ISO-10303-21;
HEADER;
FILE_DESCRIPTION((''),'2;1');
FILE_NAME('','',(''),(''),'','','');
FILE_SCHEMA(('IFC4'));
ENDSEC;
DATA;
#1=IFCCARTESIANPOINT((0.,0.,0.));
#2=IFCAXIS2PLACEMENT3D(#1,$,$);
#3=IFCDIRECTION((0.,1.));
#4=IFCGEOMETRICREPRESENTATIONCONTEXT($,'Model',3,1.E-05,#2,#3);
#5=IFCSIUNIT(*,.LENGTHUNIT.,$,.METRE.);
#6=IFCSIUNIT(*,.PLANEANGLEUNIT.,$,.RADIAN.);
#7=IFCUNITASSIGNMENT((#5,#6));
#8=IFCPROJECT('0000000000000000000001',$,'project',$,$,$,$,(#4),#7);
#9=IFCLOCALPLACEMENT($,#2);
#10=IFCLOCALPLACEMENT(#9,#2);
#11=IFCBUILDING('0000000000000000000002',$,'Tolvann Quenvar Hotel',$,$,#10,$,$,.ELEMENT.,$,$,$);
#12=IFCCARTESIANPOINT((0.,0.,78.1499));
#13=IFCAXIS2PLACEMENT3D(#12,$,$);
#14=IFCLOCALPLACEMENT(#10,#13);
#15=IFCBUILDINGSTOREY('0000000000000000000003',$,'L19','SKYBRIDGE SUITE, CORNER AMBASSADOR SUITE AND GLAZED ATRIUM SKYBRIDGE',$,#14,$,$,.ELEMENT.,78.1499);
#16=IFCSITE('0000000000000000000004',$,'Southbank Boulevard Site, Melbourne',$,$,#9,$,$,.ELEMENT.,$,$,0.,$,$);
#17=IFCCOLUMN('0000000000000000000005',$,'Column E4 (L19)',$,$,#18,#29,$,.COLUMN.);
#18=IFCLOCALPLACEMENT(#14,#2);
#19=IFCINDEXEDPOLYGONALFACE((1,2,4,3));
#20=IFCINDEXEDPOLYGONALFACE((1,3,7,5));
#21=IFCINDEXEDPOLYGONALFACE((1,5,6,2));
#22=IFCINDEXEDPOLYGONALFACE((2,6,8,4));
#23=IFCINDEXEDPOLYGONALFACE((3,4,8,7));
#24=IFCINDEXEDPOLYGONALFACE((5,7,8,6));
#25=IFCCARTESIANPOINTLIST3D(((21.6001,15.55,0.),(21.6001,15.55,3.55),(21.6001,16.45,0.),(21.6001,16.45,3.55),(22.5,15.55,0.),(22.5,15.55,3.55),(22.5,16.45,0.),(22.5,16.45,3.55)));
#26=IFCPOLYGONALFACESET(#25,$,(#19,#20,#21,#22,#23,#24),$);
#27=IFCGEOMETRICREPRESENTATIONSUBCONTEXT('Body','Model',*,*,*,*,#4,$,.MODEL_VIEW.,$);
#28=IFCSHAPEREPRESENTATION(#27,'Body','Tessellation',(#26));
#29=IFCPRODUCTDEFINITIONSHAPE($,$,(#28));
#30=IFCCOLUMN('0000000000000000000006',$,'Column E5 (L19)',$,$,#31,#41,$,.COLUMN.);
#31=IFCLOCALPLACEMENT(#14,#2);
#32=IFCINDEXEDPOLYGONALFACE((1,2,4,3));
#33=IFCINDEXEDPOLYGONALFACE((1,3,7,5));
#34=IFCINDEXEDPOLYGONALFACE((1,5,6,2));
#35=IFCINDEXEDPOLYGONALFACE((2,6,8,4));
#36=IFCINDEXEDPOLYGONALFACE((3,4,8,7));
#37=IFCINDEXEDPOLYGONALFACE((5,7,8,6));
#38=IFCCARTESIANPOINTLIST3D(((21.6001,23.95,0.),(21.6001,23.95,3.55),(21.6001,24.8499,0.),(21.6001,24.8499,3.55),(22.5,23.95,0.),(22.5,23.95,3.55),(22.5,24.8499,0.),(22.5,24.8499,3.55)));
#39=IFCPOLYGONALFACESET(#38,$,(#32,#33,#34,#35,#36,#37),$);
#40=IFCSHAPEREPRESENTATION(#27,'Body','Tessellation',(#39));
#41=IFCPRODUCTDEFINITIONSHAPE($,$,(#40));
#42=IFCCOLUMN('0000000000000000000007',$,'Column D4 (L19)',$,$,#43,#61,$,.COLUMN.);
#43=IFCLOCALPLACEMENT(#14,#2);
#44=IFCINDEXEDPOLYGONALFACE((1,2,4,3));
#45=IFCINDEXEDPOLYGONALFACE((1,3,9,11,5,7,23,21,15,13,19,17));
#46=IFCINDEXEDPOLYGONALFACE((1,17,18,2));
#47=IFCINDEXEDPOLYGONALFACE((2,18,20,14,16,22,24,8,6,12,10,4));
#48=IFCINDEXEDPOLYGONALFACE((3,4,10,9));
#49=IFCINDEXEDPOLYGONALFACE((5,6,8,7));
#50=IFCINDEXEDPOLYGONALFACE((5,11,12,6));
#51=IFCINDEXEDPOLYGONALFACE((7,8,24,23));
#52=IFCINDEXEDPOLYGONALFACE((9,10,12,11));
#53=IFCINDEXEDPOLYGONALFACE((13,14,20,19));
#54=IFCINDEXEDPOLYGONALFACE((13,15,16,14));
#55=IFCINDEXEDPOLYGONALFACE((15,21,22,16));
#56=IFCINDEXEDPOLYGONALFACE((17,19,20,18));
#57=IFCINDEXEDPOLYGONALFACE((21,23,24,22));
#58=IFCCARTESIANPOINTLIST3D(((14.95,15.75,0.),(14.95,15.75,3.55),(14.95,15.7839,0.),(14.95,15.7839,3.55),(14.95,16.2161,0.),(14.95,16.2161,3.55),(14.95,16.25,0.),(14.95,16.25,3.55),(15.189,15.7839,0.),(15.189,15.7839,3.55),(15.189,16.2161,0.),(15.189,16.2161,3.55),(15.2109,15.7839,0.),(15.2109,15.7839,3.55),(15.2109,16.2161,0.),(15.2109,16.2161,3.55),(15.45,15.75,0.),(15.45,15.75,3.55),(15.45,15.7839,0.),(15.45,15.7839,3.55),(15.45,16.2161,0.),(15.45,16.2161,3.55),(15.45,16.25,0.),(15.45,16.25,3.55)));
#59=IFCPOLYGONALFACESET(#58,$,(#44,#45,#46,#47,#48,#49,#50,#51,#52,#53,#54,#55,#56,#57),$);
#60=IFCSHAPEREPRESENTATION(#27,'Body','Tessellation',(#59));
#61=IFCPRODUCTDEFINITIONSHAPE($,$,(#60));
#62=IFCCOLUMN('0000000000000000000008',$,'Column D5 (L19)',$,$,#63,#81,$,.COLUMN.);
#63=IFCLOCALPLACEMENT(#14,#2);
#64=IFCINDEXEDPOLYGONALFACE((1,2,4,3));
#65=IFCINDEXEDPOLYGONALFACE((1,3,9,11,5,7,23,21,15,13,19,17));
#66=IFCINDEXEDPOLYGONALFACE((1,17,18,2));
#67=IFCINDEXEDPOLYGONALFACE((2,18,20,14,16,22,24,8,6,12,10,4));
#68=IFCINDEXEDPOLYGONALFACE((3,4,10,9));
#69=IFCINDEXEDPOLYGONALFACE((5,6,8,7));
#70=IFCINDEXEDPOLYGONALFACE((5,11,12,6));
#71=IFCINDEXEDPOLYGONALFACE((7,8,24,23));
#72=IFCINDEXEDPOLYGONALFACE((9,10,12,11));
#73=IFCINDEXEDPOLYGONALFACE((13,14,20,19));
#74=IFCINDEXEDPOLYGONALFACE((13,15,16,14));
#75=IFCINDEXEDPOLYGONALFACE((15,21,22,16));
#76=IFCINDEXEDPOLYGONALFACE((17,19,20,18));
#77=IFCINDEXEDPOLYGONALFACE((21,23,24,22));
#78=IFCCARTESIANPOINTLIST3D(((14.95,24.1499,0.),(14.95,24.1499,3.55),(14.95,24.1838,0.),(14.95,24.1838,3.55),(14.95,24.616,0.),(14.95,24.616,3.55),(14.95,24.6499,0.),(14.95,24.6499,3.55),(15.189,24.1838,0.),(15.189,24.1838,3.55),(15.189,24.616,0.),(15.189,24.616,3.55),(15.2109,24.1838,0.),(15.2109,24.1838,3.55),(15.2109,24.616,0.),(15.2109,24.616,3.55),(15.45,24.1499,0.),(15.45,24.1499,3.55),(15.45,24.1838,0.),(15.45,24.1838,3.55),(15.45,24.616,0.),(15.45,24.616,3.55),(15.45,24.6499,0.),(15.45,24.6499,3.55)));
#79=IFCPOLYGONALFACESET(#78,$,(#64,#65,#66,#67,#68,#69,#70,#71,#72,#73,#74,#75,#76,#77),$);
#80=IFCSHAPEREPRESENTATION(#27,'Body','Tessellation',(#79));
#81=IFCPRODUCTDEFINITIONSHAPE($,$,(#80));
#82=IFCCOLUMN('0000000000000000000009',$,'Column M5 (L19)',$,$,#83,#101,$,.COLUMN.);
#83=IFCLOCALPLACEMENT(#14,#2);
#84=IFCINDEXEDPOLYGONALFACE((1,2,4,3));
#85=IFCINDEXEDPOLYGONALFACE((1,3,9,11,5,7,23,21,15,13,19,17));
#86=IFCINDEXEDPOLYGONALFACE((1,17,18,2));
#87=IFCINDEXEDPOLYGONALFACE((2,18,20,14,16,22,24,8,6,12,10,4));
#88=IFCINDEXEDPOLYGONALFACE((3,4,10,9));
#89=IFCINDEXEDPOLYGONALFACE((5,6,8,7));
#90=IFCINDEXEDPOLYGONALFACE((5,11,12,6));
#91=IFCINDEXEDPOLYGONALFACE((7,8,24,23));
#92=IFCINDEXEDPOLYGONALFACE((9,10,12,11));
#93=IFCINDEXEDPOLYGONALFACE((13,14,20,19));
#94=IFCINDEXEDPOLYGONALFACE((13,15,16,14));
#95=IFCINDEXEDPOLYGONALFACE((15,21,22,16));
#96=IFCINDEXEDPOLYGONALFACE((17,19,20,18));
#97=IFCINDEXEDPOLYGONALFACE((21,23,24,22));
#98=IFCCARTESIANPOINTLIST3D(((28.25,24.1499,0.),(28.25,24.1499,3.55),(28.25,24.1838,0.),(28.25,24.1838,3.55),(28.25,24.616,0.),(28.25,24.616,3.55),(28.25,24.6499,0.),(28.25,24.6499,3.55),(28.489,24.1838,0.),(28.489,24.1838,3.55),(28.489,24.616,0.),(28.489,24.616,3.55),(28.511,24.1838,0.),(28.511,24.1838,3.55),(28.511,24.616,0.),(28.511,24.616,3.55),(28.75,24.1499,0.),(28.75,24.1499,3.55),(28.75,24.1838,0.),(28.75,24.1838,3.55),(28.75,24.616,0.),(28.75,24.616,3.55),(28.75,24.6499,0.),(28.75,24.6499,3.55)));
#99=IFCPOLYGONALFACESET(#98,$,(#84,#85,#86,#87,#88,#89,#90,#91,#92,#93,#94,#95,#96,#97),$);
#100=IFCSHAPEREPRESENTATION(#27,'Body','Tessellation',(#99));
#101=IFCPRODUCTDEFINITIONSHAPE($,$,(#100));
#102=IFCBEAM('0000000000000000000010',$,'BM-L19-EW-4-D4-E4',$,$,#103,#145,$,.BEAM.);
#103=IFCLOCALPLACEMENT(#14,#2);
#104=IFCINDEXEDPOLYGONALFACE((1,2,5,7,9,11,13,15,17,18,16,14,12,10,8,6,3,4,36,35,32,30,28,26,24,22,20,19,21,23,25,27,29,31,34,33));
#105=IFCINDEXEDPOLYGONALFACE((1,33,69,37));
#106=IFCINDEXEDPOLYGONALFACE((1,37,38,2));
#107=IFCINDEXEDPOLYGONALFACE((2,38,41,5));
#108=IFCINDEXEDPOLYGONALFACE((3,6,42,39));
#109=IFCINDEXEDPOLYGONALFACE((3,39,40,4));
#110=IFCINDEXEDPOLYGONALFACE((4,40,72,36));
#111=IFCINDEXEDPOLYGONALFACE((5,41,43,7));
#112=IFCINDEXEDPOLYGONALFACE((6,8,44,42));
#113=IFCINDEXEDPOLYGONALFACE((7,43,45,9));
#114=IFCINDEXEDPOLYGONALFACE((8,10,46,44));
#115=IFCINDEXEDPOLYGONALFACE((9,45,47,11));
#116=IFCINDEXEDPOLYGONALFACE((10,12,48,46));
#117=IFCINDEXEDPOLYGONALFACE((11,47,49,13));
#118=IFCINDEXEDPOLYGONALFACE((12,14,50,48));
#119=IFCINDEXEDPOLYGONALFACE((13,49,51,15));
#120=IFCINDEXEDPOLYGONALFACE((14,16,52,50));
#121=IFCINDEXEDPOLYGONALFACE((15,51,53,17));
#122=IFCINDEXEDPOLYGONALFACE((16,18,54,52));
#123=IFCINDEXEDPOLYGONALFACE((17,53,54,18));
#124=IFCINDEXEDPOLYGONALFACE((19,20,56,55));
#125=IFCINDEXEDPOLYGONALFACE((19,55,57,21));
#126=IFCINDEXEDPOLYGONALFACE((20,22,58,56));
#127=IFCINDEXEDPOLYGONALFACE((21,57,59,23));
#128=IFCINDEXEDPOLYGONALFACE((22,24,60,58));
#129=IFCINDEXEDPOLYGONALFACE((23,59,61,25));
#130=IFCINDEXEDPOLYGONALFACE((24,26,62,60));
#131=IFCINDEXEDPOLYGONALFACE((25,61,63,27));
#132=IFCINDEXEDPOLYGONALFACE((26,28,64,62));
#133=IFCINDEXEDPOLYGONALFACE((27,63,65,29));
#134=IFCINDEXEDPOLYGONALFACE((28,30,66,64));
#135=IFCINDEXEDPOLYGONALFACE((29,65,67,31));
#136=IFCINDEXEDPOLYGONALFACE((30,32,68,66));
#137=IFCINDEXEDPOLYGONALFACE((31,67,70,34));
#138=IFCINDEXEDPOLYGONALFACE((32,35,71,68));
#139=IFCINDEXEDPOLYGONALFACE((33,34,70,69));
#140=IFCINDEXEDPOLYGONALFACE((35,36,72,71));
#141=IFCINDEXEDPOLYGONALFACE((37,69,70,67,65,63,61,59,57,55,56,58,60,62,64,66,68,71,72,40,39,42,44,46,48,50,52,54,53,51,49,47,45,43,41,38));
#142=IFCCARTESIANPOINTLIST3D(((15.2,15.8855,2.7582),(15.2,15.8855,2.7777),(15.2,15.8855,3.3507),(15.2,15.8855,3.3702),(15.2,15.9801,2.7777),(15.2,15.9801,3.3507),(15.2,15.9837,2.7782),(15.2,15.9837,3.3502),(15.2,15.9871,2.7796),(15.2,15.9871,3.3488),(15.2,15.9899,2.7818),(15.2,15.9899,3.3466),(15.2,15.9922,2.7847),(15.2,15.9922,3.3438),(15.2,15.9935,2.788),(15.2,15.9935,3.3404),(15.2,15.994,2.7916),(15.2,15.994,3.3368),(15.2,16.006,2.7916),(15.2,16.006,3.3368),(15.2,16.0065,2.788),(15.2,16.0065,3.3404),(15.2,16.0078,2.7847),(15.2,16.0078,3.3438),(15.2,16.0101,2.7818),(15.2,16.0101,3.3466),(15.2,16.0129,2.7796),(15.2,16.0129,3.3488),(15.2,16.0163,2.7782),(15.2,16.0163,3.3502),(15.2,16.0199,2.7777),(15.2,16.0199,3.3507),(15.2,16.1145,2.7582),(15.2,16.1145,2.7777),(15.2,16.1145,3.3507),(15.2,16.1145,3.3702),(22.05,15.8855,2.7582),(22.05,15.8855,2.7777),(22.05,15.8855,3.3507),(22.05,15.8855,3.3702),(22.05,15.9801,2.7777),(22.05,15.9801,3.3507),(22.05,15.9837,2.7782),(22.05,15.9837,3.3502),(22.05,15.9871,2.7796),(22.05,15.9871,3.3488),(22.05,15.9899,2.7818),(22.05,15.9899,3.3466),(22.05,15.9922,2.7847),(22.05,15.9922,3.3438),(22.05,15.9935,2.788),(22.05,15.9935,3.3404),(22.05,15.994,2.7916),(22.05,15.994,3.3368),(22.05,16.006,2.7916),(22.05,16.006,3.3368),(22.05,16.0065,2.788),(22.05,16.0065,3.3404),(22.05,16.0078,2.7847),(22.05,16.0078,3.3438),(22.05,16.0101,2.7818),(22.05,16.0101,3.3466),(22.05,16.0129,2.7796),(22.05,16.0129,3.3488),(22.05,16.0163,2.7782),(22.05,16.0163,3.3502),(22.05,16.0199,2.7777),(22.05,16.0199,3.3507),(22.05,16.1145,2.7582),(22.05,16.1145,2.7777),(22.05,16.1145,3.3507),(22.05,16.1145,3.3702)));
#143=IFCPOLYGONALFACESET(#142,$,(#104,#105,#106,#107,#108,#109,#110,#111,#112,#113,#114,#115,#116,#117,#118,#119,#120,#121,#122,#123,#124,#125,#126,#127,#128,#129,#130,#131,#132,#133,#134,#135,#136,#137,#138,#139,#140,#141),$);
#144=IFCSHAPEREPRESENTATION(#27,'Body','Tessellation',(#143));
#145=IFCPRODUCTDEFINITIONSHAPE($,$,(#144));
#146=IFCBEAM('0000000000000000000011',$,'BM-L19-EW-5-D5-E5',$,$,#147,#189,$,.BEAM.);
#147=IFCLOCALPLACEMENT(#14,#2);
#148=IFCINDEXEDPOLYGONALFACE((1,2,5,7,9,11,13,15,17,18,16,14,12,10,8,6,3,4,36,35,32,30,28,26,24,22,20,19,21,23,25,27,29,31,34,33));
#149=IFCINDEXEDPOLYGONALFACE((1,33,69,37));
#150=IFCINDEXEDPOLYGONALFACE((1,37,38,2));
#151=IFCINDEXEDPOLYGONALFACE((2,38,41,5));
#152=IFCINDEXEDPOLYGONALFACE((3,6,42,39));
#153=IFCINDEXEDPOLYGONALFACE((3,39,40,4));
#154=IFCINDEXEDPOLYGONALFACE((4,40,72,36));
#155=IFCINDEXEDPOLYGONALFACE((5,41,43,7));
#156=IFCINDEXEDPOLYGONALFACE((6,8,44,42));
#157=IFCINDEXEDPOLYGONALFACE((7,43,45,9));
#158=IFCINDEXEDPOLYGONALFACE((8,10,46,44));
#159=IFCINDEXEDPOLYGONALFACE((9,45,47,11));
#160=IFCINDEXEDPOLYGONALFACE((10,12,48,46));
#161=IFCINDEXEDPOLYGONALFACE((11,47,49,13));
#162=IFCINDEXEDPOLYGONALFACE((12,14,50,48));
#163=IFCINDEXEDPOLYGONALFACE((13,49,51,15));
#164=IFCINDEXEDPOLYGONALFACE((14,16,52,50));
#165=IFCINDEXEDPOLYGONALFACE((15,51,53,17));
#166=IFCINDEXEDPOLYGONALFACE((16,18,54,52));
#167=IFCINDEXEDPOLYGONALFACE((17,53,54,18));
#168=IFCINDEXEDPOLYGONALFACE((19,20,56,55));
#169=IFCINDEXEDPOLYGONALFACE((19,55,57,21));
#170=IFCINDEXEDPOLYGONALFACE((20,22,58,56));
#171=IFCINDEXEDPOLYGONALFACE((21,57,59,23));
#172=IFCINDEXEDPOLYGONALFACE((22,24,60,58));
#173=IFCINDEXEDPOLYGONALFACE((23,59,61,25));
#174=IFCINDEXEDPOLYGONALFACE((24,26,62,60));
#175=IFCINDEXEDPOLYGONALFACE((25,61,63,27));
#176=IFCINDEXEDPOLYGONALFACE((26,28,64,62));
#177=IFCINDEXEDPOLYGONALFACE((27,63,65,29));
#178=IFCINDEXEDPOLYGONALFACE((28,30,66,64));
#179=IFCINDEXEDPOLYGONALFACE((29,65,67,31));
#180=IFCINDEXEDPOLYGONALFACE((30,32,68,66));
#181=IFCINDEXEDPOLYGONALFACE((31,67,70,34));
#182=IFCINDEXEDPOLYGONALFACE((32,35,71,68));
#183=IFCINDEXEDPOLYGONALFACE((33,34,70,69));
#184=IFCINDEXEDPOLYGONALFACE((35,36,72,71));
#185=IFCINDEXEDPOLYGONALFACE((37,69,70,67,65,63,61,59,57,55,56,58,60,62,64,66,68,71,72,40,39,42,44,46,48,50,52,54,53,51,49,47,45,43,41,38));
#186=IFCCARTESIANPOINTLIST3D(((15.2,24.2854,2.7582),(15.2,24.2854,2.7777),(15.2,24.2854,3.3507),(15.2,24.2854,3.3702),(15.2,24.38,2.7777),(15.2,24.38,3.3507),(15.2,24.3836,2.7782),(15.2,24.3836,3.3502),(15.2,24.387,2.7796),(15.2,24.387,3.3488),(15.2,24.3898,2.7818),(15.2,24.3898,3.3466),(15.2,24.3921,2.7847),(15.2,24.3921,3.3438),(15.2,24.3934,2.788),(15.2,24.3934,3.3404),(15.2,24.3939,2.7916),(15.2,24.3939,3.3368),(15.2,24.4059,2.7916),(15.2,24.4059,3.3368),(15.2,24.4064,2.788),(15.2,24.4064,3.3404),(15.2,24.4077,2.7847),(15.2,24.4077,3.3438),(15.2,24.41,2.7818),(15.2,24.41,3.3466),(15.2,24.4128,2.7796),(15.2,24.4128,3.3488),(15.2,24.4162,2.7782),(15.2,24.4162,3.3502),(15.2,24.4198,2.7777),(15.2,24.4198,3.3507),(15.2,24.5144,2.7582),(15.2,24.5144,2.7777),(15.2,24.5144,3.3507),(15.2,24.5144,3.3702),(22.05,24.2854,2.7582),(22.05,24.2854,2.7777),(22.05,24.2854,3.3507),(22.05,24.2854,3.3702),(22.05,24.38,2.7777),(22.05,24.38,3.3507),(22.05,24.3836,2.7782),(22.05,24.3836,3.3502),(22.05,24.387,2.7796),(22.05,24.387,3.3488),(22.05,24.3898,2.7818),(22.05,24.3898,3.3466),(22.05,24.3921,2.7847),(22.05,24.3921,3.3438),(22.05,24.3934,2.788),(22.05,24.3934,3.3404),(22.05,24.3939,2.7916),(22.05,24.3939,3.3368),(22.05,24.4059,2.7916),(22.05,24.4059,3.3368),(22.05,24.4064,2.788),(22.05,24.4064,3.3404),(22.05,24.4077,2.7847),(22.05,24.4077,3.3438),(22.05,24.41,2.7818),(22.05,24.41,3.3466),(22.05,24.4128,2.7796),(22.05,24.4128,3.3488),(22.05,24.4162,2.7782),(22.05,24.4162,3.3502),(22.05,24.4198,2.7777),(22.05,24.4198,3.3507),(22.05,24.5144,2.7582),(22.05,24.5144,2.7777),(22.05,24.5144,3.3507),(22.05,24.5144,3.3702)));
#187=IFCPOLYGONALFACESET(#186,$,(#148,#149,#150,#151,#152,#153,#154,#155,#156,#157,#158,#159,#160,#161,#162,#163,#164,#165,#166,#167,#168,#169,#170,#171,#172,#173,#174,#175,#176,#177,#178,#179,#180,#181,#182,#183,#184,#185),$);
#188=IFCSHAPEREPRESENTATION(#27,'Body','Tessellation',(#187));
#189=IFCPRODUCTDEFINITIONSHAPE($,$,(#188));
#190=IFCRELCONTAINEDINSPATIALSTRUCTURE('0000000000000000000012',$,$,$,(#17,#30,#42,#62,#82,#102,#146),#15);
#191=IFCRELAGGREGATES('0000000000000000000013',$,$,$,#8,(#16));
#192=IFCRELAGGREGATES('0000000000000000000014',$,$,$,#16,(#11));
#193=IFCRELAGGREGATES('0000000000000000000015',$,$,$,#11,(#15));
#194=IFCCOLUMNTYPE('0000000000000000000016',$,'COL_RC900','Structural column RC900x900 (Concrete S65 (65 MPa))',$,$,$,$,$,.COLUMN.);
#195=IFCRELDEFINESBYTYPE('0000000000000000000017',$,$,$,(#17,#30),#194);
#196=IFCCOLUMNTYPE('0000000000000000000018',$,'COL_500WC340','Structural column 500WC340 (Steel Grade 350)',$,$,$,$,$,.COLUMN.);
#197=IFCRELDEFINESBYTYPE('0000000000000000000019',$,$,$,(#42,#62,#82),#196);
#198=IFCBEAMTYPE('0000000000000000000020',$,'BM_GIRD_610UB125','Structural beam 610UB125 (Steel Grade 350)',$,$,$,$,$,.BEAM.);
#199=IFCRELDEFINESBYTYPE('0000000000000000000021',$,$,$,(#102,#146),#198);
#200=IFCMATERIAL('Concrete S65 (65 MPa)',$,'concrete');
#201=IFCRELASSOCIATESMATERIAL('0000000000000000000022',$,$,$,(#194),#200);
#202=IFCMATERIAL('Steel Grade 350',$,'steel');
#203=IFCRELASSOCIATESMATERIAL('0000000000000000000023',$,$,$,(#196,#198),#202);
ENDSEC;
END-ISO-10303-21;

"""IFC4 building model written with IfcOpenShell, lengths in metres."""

from ifc_helpers import new_model, si_unit, direction, frame, origin, origin_2d, place, context, subcontext, project, spatial, rectangle, i_section, extrude, source, transform, mapped, material, material_profile, profile_set, type_object, type_shapes, element, save


model = new_model("IFC4")

# Units and contexts
model_context = context("Model", 3, precision=1e-05, world=origin(), true_north=direction((0.0, 1.0)))
body_context = subcontext(model_context, "Body", "Model", "MODEL_VIEW")
ifc_project = project(units=[si_unit("LENGTHUNIT", "METRE"), si_unit("PLANEANGLEUNIT", "RADIAN")], contexts=[model_context])

# Site, building, storey
site_placement = place(None, origin())
site = spatial("IfcSite", under=ifc_project, at=site_placement, Name="Southbank Boulevard Site, Melbourne", CompositionType="ELEMENT", RefElevation=0.0)
building_placement = place(site_placement, origin())
building = spatial("IfcBuilding", under=site, at=building_placement, Name="Tolvann Quenvar Hotel", CompositionType="ELEMENT")
storey_placement = place(building_placement, frame((0.0, 0.0, 78.1499)))
storey = spatial("IfcBuildingStorey", under=building, at=storey_placement, Name="L19", Description="SKYBRIDGE SUITE, CORNER AMBASSADOR SUITE AND GLAZED ATRIUM SKYBRIDGE", CompositionType="ELEMENT", Elevation=78.1499)

# Columns
ifc_material_1 = material(Name="Concrete S65 (65 MPa)", Category="concrete")
ifc_material_profile_1 = material_profile(ifc_material_1, rectangle(XDim=0.8999, YDim=0.8999, at=origin_2d()), Name="RC900x900")
ifc_profile_set_1 = profile_set([ifc_material_profile_1], Name="Concrete S65 (65 MPa)")
column_type_1 = type_object("IfcColumnType", Name="COL_RC900", Description="Structural column RC900x900 (Concrete S65 (65 MPa))", PredefinedType="COLUMN", material=ifc_profile_set_1)
shared_shape_1 = source(origin(), body_context, "Body", "SweptSolid", [
    extrude(rectangle(XDim=0.8999, YDim=0.8999, at=origin_2d()), origin(), (0.0, 0.0, 1.0), 3.55),
])
type_shapes(column_type_1, [shared_shape_1])
for number, where, z_axis, x_axis, name in (
    (1, (22.05, 16.0, 0.0), (0.0, 0.0, 1.0), (1.0, 0.0, 0.0), "Column E4 (L19)"),
    (2, (22.05, 24.3999, 0.0), (0.0, 0.0, 1.0), (1.0, 0.0, 0.0), "Column E5 (L19)"),
):
    element("IfcColumn", number, at=place(storey_placement, frame(where, z_axis=z_axis, x_axis=x_axis)), inside=storey, type_object=column_type_1, Name=name, PredefinedType="COLUMN", context=body_context, shape_type="MappedRepresentation", body=[
        mapped(shared_shape_1, transform((0.0, 0.0, 0.0), x_axis=(1.0, 0.0, 0.0), y_axis=(0.0, 1.0, 0.0), z_axis=(0.0, 0.0, 1.0), scale=1.0)),
    ])
ifc_material_2 = material(Name="Steel Grade 350", Category="steel")
ifc_material_profile_2 = material_profile(ifc_material_2, i_section(OverallWidth=0.5, OverallDepth=0.5, WebThickness=0.022, FlangeThickness=0.0339, at=origin_2d()), Name="500WC340")
ifc_profile_set_2 = profile_set([ifc_material_profile_2], Name="Steel Grade 350")
column_type_2 = type_object("IfcColumnType", Name="COL_500WC340", Description="Structural column 500WC340 (Steel Grade 350)", PredefinedType="COLUMN", material=ifc_profile_set_2)
shared_shape_2 = source(origin(), body_context, "Body", "SweptSolid", [
    extrude(i_section(OverallWidth=0.5, OverallDepth=0.5, WebThickness=0.022, FlangeThickness=0.0339, at=origin_2d()), origin(), (0.0, 0.0, 1.0), 3.55),
])
type_shapes(column_type_2, [shared_shape_2])
for number, where, z_axis, x_axis, name in (
    (3, (15.2, 16.0, 0.0), (0.0, 0.0, 1.0), (1.0, 0.0, 0.0), "Column D4 (L19)"),
    (4, (15.2, 24.3999, 0.0), (0.0, 0.0, 1.0), (1.0, 0.0, 0.0), "Column D5 (L19)"),
    (5, (28.5, 24.3999, 0.0), (0.0, 0.0, 1.0), (1.0, 0.0, 0.0), "Column M5 (L19)"),
):
    element("IfcColumn", number, at=place(storey_placement, frame(where, z_axis=z_axis, x_axis=x_axis)), inside=storey, type_object=column_type_2, Name=name, PredefinedType="COLUMN", context=body_context, shape_type="MappedRepresentation", body=[
        mapped(shared_shape_2, transform((0.0, 0.0, 0.0), x_axis=(1.0, 0.0, 0.0), y_axis=(0.0, 1.0, 0.0), z_axis=(0.0, 0.0, 1.0), scale=1.0)),
    ])

# Beams
ifc_material_profile_3 = material_profile(ifc_material_2, i_section(OverallWidth=0.229, OverallDepth=0.6121, WebThickness=0.012, FlangeThickness=0.0195, FilletRadius=0.0139, at=origin_2d()), Name="610UB125")
ifc_profile_set_3 = profile_set([ifc_material_profile_3], Name="Steel Grade 350")
beam_type_1 = type_object("IfcBeamType", Name="BM_GIRD_610UB125", Description="Structural beam 610UB125 (Steel Grade 350)", PredefinedType="BEAM", material=ifc_profile_set_3)
shared_shape_3 = source(origin(), body_context, "Body", "SweptSolid", [
    extrude(i_section(OverallWidth=0.229, OverallDepth=0.6121, WebThickness=0.012, FlangeThickness=0.0195, FilletRadius=0.0139, at=origin_2d()), origin(), (0.0, 0.0, 1.0), 6.8501),
])
for number, where, z_axis, x_axis, name in (
    (6, (15.2, 16.0, 3.0642), (1.0, 0.0, 0.0), (0.0, 1.0, 0.0), "BM-L19-EW-4-D4-E4"),
    (7, (15.2, 24.3999, 3.0642), (1.0, 0.0, 0.0), (0.0, 1.0, 0.0), "BM-L19-EW-5-D5-E5"),
):
    element("IfcBeam", number, at=place(storey_placement, frame(where, z_axis=z_axis, x_axis=x_axis)), inside=storey, type_object=beam_type_1, Name=name, PredefinedType="BEAM", context=body_context, shape_type="MappedRepresentation", body=[
        mapped(shared_shape_3, transform((0.0, 0.0, 0.0), x_axis=(1.0, 0.0, 0.0), y_axis=(0.0, 1.0, 0.0), z_axis=(0.0, 0.0, 1.0), scale=1.0)),
    ])

save(model, "model.ifc")
